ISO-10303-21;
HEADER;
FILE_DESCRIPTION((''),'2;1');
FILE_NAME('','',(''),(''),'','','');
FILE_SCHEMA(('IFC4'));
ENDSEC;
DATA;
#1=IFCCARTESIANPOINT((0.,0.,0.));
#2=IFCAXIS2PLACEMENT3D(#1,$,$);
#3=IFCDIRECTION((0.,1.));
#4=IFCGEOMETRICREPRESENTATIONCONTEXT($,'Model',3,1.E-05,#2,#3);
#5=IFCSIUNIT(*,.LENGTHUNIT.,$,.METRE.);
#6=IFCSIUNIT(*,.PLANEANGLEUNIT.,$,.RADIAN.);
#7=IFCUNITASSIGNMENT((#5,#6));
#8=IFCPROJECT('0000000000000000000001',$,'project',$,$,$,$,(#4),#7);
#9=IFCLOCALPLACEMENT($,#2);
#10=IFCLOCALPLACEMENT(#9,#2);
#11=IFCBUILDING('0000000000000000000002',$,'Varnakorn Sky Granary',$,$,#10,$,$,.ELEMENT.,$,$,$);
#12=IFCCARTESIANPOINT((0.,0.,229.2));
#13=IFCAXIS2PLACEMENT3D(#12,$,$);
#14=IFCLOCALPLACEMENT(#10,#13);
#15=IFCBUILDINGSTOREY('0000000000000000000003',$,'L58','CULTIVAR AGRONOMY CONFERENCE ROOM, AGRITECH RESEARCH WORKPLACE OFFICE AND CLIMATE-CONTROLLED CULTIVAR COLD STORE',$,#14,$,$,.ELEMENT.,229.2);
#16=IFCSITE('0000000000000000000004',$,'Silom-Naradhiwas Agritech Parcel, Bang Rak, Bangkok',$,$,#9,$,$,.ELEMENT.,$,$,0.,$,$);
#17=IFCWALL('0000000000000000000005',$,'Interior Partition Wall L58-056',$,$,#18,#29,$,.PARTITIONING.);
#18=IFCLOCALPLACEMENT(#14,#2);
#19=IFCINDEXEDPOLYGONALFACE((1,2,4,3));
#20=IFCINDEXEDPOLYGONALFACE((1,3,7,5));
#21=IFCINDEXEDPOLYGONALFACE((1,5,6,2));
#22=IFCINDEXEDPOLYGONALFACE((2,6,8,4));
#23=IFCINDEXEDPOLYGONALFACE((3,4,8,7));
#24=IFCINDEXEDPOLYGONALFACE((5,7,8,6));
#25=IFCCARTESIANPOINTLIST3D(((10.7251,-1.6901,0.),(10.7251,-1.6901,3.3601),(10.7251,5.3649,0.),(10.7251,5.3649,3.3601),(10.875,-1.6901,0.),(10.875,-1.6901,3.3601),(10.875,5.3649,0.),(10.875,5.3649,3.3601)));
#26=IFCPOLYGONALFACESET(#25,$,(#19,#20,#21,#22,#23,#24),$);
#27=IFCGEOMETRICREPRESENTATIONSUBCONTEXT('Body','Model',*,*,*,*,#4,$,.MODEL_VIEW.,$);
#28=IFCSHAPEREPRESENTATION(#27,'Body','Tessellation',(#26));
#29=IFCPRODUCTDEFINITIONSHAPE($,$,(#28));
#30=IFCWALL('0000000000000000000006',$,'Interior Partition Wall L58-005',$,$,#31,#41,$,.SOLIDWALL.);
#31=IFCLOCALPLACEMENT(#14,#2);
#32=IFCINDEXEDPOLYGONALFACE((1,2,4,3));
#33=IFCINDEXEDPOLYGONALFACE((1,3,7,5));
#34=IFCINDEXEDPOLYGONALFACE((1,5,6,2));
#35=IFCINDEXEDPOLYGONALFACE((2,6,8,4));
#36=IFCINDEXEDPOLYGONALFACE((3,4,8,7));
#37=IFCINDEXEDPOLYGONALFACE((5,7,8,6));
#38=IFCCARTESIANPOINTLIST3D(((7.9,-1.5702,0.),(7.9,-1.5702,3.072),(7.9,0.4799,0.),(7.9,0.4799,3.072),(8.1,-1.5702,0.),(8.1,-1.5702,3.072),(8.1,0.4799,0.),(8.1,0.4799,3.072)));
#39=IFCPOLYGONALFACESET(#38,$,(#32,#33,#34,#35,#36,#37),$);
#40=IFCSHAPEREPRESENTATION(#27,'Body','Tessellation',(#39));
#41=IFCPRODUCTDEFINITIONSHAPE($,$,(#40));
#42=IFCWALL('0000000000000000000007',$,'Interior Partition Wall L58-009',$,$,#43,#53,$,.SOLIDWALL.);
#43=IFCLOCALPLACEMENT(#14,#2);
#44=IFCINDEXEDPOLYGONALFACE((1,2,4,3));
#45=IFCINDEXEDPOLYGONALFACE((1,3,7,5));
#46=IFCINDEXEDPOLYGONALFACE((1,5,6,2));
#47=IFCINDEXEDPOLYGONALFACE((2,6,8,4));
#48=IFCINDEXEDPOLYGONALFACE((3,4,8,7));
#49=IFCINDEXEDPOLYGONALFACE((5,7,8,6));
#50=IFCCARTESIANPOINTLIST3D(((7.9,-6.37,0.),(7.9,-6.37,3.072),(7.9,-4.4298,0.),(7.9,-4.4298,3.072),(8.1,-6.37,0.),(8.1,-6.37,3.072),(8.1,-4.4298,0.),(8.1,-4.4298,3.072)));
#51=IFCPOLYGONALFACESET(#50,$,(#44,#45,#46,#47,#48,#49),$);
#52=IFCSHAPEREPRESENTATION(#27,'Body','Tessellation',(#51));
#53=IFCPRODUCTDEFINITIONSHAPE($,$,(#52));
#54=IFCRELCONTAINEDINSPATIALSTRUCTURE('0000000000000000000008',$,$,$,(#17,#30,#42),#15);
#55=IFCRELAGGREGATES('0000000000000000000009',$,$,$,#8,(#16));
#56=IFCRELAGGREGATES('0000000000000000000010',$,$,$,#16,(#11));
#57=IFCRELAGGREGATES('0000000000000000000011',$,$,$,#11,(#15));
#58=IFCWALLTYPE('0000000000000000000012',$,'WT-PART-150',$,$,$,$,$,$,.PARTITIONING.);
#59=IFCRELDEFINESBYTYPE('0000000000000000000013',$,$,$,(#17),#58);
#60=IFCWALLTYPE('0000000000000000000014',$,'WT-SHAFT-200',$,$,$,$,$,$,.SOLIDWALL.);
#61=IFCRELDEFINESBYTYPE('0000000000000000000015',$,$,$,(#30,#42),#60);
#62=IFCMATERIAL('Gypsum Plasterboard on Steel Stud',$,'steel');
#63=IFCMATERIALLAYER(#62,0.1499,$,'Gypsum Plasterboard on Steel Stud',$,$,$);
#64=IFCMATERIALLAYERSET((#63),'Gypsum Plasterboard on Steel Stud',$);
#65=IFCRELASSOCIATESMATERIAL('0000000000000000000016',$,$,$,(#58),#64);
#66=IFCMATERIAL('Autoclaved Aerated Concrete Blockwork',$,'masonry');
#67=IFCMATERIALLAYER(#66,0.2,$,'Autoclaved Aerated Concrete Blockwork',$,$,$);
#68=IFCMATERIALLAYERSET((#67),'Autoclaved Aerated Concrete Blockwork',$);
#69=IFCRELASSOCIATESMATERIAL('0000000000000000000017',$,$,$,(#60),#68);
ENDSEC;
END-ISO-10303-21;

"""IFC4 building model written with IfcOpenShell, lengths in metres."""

from ifc_helpers import new_model, si_unit, direction, frame, frame_2d, origin, place, context, subcontext, project, spatial, rectangle, extrude, material, layer, layer_set, type_object, element, save


model = new_model("IFC4")

# Units and contexts
model_context = context("Model", 3, precision=1e-05, world=origin(), true_north=direction((0.0, 1.0)))
body_context = subcontext(model_context, "Body", "Model", "MODEL_VIEW")
ifc_project = project(units=[si_unit("LENGTHUNIT", "METRE"), si_unit("PLANEANGLEUNIT", "RADIAN")], contexts=[model_context])

# Site, building, storey
site_placement = place(None, origin())
site = spatial("IfcSite", under=ifc_project, at=site_placement, Name="Silom-Naradhiwas Agritech Parcel, Bang Rak, Bangkok", CompositionType="ELEMENT", RefElevation=0.0)
building_placement = place(site_placement, origin())
building = spatial("IfcBuilding", under=site, at=building_placement, Name="Varnakorn Sky Granary", CompositionType="ELEMENT")
storey_placement = place(building_placement, frame((0.0, 0.0, 229.2)))
storey = spatial("IfcBuildingStorey", under=building, at=storey_placement, Name="L58", Description="CULTIVAR AGRONOMY CONFERENCE ROOM, AGRITECH RESEARCH WORKPLACE OFFICE AND CLIMATE-CONTROLLED CULTIVAR COLD STORE", CompositionType="ELEMENT", Elevation=229.2)

# Shared definitions
ifc_material_1 = material(Name="Autoclaved Aerated Concrete Blockwork", Category="masonry")
ifc_material_2 = material(Name="Gypsum Plasterboard on Steel Stud", Category="steel")
ifc_layer_1 = layer(ifc_material_2, 0.1499, Name="Gypsum Plasterboard on Steel Stud")
ifc_layer_set_1 = layer_set([ifc_layer_1], Name="Gypsum Plasterboard on Steel Stud")
wall_type_1 = type_object("IfcWallType", Name="WT-PART-150", PredefinedType="PARTITIONING", material=ifc_layer_set_1)

# Walls
wall_1_placement = place(storey_placement, frame((10.8, -1.6899, 0.0), z_axis=(0.0, 0.0, 1.0), x_axis=(0.0, 1.0, 0.0)))
element("IfcWall", 1, at=wall_1_placement, inside=storey, type_object=wall_type_1, Name="Interior Partition Wall L58-056", PredefinedType="PARTITIONING", context=body_context, shape_type="SweptSolid", body=[
    extrude(rectangle(XDim=7.0549, YDim=0.1499, at=frame_2d((3.5273, 0.0))), origin(), (0.0, 0.0, 1.0), 3.3601),
])
ifc_layer_2 = layer(ifc_material_1, 0.2, Name="Autoclaved Aerated Concrete Blockwork")
ifc_layer_set_2 = layer_set([ifc_layer_2], Name="Autoclaved Aerated Concrete Blockwork")
wall_type_2 = type_object("IfcWallType", Name="WT-SHAFT-200", PredefinedType="SOLIDWALL", material=ifc_layer_set_2)
wall_2_placement = place(storey_placement, frame((8.0, -1.5701, 0.0), z_axis=(0.0, 0.0, 1.0), x_axis=(0.0, 1.0, 0.0)))
element("IfcWall", 2, at=wall_2_placement, inside=storey, type_object=wall_type_2, Name="Interior Partition Wall L58-005", PredefinedType="SOLIDWALL", context=body_context, shape_type="SweptSolid", body=[
    extrude(rectangle(XDim=2.05, YDim=0.2, at=frame_2d((1.0249, 0.0))), origin(), (0.0, 0.0, 1.0), 3.072),
])
wall_3_placement = place(storey_placement, frame((8.0, -6.3701, 0.0), z_axis=(0.0, 0.0, 1.0), x_axis=(0.0, 1.0, 0.0)))
element("IfcWall", 3, at=wall_3_placement, inside=storey, type_object=wall_type_2, Name="Interior Partition Wall L58-009", PredefinedType="SOLIDWALL", context=body_context, shape_type="SweptSolid", body=[
    extrude(rectangle(XDim=1.9402, YDim=0.2, at=frame_2d((0.9702, 0.0))), origin(), (0.0, 0.0, 1.0), 3.072),
])

save(model, "model.ifc")
